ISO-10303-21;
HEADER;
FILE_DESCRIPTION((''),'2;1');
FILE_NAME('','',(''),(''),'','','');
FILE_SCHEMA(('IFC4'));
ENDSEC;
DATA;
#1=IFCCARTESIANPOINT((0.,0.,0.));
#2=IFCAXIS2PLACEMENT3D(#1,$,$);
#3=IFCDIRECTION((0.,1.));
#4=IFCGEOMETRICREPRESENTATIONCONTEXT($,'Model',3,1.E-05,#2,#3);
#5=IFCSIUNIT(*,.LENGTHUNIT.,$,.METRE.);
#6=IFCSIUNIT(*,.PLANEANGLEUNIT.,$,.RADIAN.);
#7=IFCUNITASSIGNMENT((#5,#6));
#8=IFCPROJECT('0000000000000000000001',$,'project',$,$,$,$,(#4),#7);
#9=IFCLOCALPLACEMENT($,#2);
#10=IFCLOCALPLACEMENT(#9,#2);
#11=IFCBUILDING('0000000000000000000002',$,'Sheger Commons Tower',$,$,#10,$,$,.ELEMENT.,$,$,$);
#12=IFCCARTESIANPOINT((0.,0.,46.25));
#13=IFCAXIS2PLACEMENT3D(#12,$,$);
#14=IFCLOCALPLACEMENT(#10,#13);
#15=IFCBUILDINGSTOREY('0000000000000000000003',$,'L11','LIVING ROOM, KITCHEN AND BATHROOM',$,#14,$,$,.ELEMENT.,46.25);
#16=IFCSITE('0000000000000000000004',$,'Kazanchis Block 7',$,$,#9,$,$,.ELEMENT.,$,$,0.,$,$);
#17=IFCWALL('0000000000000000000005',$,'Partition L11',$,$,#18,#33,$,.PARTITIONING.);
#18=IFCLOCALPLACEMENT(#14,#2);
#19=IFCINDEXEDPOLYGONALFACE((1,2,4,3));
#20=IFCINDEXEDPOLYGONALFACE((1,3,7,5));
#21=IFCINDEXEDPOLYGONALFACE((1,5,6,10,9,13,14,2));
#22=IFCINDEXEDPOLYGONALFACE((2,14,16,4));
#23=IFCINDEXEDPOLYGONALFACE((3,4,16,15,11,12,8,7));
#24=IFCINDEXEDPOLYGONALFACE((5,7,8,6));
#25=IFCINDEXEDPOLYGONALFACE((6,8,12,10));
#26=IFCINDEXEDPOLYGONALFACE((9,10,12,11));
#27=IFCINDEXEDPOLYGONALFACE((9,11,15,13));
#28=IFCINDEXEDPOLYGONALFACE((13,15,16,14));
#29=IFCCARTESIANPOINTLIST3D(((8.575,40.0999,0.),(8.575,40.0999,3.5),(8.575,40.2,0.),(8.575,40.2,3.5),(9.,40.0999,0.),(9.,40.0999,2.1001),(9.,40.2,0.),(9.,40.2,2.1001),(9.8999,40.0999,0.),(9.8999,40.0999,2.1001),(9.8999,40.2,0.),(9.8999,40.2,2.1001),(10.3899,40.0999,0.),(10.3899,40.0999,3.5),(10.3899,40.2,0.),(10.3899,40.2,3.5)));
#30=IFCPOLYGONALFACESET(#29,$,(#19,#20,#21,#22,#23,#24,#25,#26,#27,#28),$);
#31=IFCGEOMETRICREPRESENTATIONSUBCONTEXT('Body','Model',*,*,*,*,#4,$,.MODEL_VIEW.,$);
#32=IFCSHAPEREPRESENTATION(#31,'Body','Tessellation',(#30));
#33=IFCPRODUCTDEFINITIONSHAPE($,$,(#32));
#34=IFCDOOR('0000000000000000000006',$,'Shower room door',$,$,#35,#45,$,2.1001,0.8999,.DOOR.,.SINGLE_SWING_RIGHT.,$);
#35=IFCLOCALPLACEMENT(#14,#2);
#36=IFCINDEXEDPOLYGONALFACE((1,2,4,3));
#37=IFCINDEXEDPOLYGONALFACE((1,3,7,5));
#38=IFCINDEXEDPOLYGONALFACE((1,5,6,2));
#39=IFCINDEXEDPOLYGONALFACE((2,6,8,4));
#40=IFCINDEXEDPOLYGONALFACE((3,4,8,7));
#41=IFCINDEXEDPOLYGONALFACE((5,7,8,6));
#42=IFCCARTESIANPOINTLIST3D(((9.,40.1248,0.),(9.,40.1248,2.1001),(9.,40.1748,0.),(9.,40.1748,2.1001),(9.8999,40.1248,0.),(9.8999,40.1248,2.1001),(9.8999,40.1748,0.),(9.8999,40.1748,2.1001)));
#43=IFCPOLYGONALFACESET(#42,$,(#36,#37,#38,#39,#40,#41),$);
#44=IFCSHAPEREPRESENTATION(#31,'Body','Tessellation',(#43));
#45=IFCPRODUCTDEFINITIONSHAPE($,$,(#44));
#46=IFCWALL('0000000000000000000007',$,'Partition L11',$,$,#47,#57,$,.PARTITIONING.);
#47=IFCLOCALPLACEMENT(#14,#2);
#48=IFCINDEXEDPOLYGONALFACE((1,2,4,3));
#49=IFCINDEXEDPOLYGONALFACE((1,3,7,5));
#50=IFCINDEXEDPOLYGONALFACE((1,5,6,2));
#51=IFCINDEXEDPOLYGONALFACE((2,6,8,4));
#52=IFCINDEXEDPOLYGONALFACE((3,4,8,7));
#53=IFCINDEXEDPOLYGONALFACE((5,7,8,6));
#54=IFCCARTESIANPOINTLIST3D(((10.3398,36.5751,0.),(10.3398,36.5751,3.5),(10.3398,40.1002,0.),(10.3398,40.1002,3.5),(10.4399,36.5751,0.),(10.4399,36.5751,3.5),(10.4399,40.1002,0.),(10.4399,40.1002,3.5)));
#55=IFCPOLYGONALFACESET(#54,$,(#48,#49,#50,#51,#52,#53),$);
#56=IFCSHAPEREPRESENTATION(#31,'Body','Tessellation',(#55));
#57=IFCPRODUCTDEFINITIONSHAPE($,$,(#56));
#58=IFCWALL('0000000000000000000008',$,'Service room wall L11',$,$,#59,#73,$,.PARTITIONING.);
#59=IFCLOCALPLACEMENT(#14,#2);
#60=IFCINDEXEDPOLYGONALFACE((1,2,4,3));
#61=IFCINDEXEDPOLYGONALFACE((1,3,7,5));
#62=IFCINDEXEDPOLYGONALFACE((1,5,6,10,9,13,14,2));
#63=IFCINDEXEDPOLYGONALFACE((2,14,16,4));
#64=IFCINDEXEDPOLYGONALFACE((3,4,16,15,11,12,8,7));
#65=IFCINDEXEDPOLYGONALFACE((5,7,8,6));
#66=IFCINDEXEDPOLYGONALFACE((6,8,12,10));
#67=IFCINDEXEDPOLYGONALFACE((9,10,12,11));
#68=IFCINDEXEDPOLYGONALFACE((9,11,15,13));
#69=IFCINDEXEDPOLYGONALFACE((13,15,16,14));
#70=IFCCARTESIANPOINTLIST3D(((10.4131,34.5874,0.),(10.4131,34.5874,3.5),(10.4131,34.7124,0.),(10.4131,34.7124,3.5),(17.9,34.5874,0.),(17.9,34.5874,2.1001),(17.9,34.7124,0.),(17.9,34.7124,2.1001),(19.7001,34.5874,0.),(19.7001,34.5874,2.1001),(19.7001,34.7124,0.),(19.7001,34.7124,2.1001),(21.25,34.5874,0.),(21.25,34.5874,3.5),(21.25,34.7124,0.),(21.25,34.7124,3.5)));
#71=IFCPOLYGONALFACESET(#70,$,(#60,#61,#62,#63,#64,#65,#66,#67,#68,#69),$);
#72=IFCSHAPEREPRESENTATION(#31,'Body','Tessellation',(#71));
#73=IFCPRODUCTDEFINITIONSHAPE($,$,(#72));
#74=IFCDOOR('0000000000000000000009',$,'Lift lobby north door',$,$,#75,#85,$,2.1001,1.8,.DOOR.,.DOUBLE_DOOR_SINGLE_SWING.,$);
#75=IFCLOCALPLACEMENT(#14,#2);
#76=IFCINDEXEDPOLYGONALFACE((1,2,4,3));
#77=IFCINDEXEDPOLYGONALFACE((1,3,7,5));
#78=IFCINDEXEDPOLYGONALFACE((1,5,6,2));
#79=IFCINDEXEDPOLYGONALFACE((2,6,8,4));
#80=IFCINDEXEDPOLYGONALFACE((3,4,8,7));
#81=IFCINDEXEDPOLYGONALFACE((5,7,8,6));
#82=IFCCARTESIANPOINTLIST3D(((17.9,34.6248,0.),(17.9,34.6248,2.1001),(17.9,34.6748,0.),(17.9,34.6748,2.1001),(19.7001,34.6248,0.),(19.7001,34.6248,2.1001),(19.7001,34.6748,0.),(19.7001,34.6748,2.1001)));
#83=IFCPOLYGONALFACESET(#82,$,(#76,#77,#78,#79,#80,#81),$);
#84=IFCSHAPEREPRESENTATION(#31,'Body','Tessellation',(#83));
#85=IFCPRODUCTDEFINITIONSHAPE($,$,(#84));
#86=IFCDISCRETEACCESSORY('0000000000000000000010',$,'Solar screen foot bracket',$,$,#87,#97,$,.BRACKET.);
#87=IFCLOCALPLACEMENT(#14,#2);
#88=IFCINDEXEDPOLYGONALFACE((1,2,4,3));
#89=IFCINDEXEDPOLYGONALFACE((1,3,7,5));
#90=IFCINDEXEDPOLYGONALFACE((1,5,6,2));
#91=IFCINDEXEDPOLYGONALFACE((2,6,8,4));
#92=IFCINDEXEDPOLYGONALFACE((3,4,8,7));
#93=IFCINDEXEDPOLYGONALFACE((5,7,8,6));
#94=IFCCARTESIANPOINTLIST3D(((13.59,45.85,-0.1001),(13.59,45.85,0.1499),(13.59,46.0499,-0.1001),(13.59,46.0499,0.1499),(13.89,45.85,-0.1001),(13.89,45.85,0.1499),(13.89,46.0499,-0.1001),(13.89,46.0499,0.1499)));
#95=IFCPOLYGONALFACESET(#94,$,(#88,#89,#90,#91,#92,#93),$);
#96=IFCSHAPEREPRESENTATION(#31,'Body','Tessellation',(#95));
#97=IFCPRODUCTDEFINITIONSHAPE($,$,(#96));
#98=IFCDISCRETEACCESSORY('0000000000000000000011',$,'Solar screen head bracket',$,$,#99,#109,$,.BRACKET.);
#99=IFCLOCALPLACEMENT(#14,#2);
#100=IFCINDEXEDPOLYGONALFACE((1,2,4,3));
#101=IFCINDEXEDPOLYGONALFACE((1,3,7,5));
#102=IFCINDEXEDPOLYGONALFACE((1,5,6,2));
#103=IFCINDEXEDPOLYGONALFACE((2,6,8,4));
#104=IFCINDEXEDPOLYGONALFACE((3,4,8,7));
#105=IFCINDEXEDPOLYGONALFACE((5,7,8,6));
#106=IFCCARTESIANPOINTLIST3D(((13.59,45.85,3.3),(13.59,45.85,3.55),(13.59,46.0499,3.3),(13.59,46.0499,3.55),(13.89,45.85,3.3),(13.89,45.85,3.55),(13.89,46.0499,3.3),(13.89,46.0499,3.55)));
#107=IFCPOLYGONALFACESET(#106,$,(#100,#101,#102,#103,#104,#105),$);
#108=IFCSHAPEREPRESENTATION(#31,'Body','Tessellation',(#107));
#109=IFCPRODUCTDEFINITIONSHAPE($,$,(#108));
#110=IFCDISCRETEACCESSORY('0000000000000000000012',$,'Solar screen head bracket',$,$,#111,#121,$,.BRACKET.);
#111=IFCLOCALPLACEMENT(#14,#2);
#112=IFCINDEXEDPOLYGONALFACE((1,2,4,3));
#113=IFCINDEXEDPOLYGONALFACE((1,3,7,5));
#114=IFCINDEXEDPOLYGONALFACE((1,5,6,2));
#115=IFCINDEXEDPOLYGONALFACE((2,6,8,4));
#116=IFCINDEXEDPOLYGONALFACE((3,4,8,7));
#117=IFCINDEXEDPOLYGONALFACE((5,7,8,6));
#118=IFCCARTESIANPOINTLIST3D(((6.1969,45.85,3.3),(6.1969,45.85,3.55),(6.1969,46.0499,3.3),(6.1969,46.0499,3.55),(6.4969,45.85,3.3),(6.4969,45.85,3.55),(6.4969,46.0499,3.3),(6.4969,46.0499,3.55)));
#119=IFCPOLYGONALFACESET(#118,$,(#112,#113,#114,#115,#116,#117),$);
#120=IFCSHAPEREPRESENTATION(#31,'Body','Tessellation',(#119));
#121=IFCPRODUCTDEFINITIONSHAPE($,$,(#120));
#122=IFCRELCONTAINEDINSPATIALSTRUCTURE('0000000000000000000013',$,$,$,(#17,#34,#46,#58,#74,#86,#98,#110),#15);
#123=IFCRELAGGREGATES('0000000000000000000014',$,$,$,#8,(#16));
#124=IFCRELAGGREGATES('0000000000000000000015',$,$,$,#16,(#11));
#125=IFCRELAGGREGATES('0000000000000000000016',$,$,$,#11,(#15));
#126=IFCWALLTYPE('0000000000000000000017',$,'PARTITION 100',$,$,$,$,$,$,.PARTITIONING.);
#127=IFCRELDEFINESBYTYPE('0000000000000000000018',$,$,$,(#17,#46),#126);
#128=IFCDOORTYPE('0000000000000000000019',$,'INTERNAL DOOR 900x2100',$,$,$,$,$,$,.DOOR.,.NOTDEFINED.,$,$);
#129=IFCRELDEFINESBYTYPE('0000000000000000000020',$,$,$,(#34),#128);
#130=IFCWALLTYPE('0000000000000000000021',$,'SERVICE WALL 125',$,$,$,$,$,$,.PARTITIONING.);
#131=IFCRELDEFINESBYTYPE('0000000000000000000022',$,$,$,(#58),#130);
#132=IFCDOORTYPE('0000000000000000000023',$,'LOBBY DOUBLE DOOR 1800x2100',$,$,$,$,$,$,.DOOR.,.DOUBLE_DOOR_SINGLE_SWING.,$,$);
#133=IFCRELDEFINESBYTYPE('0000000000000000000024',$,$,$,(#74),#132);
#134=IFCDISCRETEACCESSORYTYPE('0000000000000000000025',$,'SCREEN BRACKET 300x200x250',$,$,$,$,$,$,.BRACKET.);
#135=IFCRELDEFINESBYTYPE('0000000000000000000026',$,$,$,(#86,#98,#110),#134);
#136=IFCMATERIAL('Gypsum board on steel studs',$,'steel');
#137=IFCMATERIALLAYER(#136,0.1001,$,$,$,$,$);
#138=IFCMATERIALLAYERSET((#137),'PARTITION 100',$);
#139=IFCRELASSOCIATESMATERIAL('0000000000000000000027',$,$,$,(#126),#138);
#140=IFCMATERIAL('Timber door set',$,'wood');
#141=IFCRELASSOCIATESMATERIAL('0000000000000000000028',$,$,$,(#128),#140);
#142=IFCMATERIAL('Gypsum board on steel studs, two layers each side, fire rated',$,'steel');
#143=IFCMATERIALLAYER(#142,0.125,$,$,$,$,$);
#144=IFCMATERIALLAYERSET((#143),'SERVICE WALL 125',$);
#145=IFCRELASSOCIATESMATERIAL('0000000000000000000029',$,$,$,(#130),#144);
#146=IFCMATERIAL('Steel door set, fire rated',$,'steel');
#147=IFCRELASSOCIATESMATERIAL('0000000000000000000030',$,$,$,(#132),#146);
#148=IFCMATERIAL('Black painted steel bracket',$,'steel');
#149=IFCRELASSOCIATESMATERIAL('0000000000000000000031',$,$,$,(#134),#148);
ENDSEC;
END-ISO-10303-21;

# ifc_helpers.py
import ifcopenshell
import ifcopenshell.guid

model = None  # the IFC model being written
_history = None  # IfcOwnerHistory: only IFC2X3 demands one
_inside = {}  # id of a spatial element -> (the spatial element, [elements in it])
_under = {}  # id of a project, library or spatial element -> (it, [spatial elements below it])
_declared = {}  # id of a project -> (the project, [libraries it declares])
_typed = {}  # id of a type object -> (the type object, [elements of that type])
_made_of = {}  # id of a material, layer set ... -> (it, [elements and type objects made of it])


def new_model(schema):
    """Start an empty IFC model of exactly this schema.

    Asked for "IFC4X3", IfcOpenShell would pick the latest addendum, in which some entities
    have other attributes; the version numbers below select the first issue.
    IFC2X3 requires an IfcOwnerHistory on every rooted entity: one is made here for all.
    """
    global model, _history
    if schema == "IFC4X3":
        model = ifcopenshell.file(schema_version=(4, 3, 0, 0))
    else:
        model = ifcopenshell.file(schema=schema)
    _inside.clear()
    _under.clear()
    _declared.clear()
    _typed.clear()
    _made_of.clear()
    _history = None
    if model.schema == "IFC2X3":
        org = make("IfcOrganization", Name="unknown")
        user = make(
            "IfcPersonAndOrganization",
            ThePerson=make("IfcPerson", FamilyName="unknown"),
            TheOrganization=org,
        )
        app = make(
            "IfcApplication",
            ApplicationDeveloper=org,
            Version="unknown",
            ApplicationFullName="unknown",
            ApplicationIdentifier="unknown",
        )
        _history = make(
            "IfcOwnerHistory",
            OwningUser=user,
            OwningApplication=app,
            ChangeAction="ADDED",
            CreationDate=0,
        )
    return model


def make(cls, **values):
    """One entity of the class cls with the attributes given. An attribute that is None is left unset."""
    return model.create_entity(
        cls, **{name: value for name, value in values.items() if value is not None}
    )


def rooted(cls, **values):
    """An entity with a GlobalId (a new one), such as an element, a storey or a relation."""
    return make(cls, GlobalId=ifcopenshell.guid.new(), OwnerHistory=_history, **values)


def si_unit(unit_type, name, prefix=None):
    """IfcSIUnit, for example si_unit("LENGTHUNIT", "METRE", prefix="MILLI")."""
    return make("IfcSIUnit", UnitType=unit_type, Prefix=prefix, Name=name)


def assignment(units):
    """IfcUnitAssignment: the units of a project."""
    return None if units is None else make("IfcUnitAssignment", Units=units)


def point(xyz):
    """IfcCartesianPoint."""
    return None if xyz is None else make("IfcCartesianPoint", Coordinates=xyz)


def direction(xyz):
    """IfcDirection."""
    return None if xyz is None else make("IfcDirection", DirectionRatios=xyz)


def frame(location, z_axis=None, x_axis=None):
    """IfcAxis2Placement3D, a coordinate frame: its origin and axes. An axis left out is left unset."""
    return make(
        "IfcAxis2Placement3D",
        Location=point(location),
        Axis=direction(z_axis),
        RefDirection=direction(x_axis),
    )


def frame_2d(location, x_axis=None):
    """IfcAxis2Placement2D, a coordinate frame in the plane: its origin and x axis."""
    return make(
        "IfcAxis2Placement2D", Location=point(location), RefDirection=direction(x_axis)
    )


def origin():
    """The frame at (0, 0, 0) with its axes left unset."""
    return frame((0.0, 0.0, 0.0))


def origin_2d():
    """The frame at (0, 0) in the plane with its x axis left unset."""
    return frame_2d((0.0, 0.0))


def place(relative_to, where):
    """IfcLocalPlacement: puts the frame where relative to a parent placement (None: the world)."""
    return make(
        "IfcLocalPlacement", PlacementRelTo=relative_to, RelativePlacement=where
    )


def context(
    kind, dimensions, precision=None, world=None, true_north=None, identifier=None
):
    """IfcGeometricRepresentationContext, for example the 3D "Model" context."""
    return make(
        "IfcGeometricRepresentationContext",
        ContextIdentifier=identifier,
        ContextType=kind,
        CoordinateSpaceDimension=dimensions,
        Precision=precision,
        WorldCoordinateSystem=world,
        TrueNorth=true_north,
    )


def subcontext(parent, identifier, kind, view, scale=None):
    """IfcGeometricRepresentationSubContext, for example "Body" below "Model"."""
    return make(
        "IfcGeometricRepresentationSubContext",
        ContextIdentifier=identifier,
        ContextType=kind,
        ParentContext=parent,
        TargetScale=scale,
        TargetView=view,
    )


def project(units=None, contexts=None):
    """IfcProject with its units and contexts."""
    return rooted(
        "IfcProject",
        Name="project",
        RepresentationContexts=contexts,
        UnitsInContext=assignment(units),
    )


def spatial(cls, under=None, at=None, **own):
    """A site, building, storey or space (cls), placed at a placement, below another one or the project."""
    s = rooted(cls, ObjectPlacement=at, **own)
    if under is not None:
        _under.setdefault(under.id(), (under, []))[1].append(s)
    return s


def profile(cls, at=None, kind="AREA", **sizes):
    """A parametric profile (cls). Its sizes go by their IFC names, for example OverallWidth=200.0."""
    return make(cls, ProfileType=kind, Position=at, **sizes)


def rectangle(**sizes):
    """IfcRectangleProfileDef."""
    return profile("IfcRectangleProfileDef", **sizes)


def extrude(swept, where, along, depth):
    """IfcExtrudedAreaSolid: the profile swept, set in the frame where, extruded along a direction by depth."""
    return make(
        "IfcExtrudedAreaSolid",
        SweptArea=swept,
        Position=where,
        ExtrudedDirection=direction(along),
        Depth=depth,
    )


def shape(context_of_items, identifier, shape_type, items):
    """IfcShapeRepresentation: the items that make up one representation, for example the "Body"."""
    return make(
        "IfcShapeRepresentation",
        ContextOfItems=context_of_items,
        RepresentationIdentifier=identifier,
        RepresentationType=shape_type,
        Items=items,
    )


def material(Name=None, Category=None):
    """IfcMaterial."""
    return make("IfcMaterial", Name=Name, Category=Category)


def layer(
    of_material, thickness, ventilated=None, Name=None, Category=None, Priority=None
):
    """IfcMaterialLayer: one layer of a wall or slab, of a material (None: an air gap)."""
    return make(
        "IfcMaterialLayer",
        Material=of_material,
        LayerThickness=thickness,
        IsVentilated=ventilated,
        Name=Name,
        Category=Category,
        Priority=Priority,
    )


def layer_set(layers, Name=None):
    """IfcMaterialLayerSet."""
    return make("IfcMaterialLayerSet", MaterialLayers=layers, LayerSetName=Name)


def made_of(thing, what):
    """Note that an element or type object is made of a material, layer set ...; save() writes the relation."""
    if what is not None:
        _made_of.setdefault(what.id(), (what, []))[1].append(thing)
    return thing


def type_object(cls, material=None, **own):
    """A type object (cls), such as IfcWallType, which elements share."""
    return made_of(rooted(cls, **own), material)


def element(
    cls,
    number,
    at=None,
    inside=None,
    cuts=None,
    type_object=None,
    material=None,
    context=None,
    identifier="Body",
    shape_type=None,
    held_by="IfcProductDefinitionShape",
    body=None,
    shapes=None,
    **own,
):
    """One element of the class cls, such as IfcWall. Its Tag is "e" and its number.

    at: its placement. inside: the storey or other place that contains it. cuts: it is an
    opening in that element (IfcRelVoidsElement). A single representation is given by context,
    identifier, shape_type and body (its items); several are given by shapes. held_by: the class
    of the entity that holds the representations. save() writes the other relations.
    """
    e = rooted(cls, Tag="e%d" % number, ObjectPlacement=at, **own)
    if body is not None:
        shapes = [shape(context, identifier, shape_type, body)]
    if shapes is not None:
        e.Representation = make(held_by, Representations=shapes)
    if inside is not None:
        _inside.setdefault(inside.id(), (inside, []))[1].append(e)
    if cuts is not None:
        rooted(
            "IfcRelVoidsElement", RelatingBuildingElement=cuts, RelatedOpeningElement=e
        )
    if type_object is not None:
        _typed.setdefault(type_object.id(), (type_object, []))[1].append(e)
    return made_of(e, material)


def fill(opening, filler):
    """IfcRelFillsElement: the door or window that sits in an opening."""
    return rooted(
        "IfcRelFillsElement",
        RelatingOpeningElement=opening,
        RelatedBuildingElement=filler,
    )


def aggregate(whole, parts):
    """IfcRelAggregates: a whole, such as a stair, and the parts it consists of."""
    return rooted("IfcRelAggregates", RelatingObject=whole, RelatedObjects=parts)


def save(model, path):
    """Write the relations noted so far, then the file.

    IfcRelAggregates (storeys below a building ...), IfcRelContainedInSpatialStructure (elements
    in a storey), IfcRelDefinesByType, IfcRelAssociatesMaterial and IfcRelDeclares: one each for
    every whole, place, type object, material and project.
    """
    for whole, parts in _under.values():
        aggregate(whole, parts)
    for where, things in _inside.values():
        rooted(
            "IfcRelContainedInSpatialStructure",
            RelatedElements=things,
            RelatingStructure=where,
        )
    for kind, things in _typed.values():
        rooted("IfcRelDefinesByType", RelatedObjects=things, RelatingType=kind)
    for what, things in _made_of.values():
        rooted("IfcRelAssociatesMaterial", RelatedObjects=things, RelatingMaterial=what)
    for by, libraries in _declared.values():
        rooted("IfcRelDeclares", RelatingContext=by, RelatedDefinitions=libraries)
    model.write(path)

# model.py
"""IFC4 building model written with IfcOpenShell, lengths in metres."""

from ifc_helpers import new_model, si_unit, direction, frame, frame_2d, origin, origin_2d, place, context, subcontext, project, spatial, rectangle, extrude, material, layer, layer_set, type_object, element, fill, save


model = new_model("IFC4")

# Units and contexts
model_context = context("Model", 3, precision=1e-05, world=origin(), true_north=direction((0.0, 1.0)))
body_context = subcontext(model_context, "Body", "Model", "MODEL_VIEW")
ifc_project = project(units=[si_unit("LENGTHUNIT", "METRE"), si_unit("PLANEANGLEUNIT", "RADIAN")], contexts=[model_context])

# Site, building, storey
site_placement = place(None, origin())
site = spatial("IfcSite", under=ifc_project, at=site_placement, Name="Kazanchis Block 7", CompositionType="ELEMENT", RefElevation=0.0)
building_placement = place(site_placement, origin())
building = spatial("IfcBuilding", under=site, at=building_placement, Name="Sheger Commons Tower", CompositionType="ELEMENT")
storey_placement = place(building_placement, frame((0.0, 0.0, 46.25)))
storey = spatial("IfcBuildingStorey", under=building, at=storey_placement, Name="L11", Description="LIVING ROOM, KITCHEN AND BATHROOM", CompositionType="ELEMENT", Elevation=46.25)

# Shared definitions
ifc_material_1 = material(Name="Gypsum board on steel studs", Category="steel")
ifc_layer_1 = layer(ifc_material_1, 0.1001)
ifc_layer_set_1 = layer_set([ifc_layer_1], Name="PARTITION 100")
wall_type_1 = type_object("IfcWallType", Name="PARTITION 100", PredefinedType="PARTITIONING", material=ifc_layer_set_1)

# Wall, opening, door
wall_1_placement = place(storey_placement, frame((8.575, 40.1499, 0.0), z_axis=(0.0, 0.0, 1.0), x_axis=(1.0, 0.0, 0.0)))
wall_1 = element("IfcWall", 1, at=wall_1_placement, inside=storey, type_object=wall_type_1, Name="Partition L11", PredefinedType="PARTITIONING", context=body_context, shape_type="SweptSolid", body=[
    extrude(rectangle(XDim=1.8149, YDim=0.1001, at=frame_2d((0.9075, 0.0))), origin(), (0.0, 0.0, 1.0), 3.5),
])
opening_1_placement = place(wall_1_placement, frame((0.425, 0.0, 0.0)))
opening_1 = element("IfcOpeningElement", 2, at=opening_1_placement, cuts=wall_1, PredefinedType="OPENING", context=body_context, shape_type="SweptSolid", body=[
    extrude(rectangle(XDim=0.8999, YDim=2.1001, at=frame_2d((0.45, 1.05))), frame((0.0, 0.0601, 0.0), z_axis=(0.0, -1.0, 0.0), x_axis=(1.0, 0.0, 0.0)), (0.0, 0.0, 1.0), 0.1201),
])
ifc_material_2 = material(Name="Timber door set", Category="wood")
door_type_1 = type_object("IfcDoorType", Name="INTERNAL DOOR 900x2100", OperationType="NOTDEFINED", PredefinedType="DOOR", material=ifc_material_2)
door_1_placement = place(opening_1_placement, origin())
door_1 = element("IfcDoor", 3, at=door_1_placement, inside=storey, type_object=door_type_1, Name="Shower room door", OperationType="SINGLE_SWING_RIGHT", OverallHeight=2.1001, OverallWidth=0.8999, PredefinedType="DOOR", context=body_context, shape_type="SweptSolid", body=[
    extrude(rectangle(XDim=0.8999, YDim=2.1001, at=frame_2d((0.45, 1.05))), frame((0.0, 0.0249, 0.0), z_axis=(0.0, -1.0, 0.0), x_axis=(1.0, 0.0, 0.0)), (0.0, 0.0, 1.0), 0.05),
])
fill(opening_1, door_1)

# Wall
wall_2_placement = place(storey_placement, frame((10.3899, 36.575, 0.0), z_axis=(0.0, 0.0, 1.0), x_axis=(0.0, 1.0, 0.0)))
element("IfcWall", 4, at=wall_2_placement, inside=storey, type_object=wall_type_1, Name="Partition L11", PredefinedType="PARTITIONING", context=body_context, shape_type="SweptSolid", body=[
    extrude(rectangle(XDim=3.5251, YDim=0.1001, at=frame_2d((1.7627, 0.0))), origin(), (0.0, 0.0, 1.0), 3.5),
])

# Wall, opening, door
ifc_material_3 = material(Name="Gypsum board on steel studs, two layers each side, fire rated", Category="steel")
ifc_layer_2 = layer(ifc_material_3, 0.125)
ifc_layer_set_2 = layer_set([ifc_layer_2], Name="SERVICE WALL 125")
wall_type_2 = type_object("IfcWallType", Name="SERVICE WALL 125", PredefinedType="PARTITIONING", material=ifc_layer_set_2)
wall_3_placement = place(storey_placement, frame((10.4131, 34.6499, 0.0), z_axis=(0.0, 0.0, 1.0), x_axis=(1.0, 0.0, 0.0)))
wall_3 = element("IfcWall", 5, at=wall_3_placement, inside=storey, type_object=wall_type_2, Name="Service room wall L11", PredefinedType="PARTITIONING", context=body_context, shape_type="SweptSolid", body=[
    extrude(rectangle(XDim=10.8369, YDim=0.125, at=frame_2d((5.4185, 0.0))), origin(), (0.0, 0.0, 1.0), 3.5),
])
opening_2_placement = place(wall_3_placement, frame((7.4871, 0.0, 0.0)))
opening_2 = element("IfcOpeningElement", 6, at=opening_2_placement, cuts=wall_3, PredefinedType="OPENING", context=body_context, shape_type="SweptSolid", body=[
    extrude(rectangle(XDim=1.8, YDim=2.1001, at=frame_2d((0.8999, 1.05))), frame((0.0, 0.0725, 0.0), z_axis=(0.0, -1.0, 0.0), x_axis=(1.0, 0.0, 0.0)), (0.0, 0.0, 1.0), 0.145),
])
ifc_material_4 = material(Name="Steel door set, fire rated", Category="steel")
door_type_2 = type_object("IfcDoorType", Name="LOBBY DOUBLE DOOR 1800x2100", OperationType="DOUBLE_DOOR_SINGLE_SWING", PredefinedType="DOOR", material=ifc_material_4)
door_2_placement = place(opening_2_placement, origin())
door_2 = element("IfcDoor", 7, at=door_2_placement, inside=storey, type_object=door_type_2, Name="Lift lobby north door", OperationType="DOUBLE_DOOR_SINGLE_SWING", OverallHeight=2.1001, OverallWidth=1.8, PredefinedType="DOOR", context=body_context, shape_type="SweptSolid", body=[
    extrude(rectangle(XDim=1.8, YDim=2.1001, at=frame_2d((0.8999, 1.05))), frame((0.0, 0.0249, 0.0), z_axis=(0.0, -1.0, 0.0), x_axis=(1.0, 0.0, 0.0)), (0.0, 0.0, 1.0), 0.05),
])
fill(opening_2, door_2)

# Discrete accessories
ifc_material_5 = material(Name="Black painted steel bracket", Category="steel")
discrete_accessory_type = type_object("IfcDiscreteAccessoryType", Name="SCREEN BRACKET 300x200x250", PredefinedType="BRACKET", material=ifc_material_5)
for number, where, z_axis, x_axis, name in (
    (8, (13.74, 45.95, -0.1001), (0.0, 0.0, 1.0), (-1.0, 0.0, 0.0), "Solar screen foot bracket"),
    (9, (13.74, 45.95, 3.3), (0.0, 0.0, 1.0), (-1.0, 0.0, 0.0), "Solar screen head bracket"),
    (10, (6.3469, 45.95, 3.3), (0.0, 0.0, 1.0), (-1.0, 0.0, 0.0), "Solar screen head bracket"),
):
    element("IfcDiscreteAccessory", number, at=place(storey_placement, frame(where, z_axis=z_axis, x_axis=x_axis)), inside=storey, type_object=discrete_accessory_type, Name=name, PredefinedType="BRACKET", context=body_context, shape_type="SweptSolid", body=[
        extrude(rectangle(XDim=0.3, YDim=0.2, at=origin_2d()), origin(), (0.0, 0.0, 1.0), 0.25),
    ])

save(model, "model.ifc")
